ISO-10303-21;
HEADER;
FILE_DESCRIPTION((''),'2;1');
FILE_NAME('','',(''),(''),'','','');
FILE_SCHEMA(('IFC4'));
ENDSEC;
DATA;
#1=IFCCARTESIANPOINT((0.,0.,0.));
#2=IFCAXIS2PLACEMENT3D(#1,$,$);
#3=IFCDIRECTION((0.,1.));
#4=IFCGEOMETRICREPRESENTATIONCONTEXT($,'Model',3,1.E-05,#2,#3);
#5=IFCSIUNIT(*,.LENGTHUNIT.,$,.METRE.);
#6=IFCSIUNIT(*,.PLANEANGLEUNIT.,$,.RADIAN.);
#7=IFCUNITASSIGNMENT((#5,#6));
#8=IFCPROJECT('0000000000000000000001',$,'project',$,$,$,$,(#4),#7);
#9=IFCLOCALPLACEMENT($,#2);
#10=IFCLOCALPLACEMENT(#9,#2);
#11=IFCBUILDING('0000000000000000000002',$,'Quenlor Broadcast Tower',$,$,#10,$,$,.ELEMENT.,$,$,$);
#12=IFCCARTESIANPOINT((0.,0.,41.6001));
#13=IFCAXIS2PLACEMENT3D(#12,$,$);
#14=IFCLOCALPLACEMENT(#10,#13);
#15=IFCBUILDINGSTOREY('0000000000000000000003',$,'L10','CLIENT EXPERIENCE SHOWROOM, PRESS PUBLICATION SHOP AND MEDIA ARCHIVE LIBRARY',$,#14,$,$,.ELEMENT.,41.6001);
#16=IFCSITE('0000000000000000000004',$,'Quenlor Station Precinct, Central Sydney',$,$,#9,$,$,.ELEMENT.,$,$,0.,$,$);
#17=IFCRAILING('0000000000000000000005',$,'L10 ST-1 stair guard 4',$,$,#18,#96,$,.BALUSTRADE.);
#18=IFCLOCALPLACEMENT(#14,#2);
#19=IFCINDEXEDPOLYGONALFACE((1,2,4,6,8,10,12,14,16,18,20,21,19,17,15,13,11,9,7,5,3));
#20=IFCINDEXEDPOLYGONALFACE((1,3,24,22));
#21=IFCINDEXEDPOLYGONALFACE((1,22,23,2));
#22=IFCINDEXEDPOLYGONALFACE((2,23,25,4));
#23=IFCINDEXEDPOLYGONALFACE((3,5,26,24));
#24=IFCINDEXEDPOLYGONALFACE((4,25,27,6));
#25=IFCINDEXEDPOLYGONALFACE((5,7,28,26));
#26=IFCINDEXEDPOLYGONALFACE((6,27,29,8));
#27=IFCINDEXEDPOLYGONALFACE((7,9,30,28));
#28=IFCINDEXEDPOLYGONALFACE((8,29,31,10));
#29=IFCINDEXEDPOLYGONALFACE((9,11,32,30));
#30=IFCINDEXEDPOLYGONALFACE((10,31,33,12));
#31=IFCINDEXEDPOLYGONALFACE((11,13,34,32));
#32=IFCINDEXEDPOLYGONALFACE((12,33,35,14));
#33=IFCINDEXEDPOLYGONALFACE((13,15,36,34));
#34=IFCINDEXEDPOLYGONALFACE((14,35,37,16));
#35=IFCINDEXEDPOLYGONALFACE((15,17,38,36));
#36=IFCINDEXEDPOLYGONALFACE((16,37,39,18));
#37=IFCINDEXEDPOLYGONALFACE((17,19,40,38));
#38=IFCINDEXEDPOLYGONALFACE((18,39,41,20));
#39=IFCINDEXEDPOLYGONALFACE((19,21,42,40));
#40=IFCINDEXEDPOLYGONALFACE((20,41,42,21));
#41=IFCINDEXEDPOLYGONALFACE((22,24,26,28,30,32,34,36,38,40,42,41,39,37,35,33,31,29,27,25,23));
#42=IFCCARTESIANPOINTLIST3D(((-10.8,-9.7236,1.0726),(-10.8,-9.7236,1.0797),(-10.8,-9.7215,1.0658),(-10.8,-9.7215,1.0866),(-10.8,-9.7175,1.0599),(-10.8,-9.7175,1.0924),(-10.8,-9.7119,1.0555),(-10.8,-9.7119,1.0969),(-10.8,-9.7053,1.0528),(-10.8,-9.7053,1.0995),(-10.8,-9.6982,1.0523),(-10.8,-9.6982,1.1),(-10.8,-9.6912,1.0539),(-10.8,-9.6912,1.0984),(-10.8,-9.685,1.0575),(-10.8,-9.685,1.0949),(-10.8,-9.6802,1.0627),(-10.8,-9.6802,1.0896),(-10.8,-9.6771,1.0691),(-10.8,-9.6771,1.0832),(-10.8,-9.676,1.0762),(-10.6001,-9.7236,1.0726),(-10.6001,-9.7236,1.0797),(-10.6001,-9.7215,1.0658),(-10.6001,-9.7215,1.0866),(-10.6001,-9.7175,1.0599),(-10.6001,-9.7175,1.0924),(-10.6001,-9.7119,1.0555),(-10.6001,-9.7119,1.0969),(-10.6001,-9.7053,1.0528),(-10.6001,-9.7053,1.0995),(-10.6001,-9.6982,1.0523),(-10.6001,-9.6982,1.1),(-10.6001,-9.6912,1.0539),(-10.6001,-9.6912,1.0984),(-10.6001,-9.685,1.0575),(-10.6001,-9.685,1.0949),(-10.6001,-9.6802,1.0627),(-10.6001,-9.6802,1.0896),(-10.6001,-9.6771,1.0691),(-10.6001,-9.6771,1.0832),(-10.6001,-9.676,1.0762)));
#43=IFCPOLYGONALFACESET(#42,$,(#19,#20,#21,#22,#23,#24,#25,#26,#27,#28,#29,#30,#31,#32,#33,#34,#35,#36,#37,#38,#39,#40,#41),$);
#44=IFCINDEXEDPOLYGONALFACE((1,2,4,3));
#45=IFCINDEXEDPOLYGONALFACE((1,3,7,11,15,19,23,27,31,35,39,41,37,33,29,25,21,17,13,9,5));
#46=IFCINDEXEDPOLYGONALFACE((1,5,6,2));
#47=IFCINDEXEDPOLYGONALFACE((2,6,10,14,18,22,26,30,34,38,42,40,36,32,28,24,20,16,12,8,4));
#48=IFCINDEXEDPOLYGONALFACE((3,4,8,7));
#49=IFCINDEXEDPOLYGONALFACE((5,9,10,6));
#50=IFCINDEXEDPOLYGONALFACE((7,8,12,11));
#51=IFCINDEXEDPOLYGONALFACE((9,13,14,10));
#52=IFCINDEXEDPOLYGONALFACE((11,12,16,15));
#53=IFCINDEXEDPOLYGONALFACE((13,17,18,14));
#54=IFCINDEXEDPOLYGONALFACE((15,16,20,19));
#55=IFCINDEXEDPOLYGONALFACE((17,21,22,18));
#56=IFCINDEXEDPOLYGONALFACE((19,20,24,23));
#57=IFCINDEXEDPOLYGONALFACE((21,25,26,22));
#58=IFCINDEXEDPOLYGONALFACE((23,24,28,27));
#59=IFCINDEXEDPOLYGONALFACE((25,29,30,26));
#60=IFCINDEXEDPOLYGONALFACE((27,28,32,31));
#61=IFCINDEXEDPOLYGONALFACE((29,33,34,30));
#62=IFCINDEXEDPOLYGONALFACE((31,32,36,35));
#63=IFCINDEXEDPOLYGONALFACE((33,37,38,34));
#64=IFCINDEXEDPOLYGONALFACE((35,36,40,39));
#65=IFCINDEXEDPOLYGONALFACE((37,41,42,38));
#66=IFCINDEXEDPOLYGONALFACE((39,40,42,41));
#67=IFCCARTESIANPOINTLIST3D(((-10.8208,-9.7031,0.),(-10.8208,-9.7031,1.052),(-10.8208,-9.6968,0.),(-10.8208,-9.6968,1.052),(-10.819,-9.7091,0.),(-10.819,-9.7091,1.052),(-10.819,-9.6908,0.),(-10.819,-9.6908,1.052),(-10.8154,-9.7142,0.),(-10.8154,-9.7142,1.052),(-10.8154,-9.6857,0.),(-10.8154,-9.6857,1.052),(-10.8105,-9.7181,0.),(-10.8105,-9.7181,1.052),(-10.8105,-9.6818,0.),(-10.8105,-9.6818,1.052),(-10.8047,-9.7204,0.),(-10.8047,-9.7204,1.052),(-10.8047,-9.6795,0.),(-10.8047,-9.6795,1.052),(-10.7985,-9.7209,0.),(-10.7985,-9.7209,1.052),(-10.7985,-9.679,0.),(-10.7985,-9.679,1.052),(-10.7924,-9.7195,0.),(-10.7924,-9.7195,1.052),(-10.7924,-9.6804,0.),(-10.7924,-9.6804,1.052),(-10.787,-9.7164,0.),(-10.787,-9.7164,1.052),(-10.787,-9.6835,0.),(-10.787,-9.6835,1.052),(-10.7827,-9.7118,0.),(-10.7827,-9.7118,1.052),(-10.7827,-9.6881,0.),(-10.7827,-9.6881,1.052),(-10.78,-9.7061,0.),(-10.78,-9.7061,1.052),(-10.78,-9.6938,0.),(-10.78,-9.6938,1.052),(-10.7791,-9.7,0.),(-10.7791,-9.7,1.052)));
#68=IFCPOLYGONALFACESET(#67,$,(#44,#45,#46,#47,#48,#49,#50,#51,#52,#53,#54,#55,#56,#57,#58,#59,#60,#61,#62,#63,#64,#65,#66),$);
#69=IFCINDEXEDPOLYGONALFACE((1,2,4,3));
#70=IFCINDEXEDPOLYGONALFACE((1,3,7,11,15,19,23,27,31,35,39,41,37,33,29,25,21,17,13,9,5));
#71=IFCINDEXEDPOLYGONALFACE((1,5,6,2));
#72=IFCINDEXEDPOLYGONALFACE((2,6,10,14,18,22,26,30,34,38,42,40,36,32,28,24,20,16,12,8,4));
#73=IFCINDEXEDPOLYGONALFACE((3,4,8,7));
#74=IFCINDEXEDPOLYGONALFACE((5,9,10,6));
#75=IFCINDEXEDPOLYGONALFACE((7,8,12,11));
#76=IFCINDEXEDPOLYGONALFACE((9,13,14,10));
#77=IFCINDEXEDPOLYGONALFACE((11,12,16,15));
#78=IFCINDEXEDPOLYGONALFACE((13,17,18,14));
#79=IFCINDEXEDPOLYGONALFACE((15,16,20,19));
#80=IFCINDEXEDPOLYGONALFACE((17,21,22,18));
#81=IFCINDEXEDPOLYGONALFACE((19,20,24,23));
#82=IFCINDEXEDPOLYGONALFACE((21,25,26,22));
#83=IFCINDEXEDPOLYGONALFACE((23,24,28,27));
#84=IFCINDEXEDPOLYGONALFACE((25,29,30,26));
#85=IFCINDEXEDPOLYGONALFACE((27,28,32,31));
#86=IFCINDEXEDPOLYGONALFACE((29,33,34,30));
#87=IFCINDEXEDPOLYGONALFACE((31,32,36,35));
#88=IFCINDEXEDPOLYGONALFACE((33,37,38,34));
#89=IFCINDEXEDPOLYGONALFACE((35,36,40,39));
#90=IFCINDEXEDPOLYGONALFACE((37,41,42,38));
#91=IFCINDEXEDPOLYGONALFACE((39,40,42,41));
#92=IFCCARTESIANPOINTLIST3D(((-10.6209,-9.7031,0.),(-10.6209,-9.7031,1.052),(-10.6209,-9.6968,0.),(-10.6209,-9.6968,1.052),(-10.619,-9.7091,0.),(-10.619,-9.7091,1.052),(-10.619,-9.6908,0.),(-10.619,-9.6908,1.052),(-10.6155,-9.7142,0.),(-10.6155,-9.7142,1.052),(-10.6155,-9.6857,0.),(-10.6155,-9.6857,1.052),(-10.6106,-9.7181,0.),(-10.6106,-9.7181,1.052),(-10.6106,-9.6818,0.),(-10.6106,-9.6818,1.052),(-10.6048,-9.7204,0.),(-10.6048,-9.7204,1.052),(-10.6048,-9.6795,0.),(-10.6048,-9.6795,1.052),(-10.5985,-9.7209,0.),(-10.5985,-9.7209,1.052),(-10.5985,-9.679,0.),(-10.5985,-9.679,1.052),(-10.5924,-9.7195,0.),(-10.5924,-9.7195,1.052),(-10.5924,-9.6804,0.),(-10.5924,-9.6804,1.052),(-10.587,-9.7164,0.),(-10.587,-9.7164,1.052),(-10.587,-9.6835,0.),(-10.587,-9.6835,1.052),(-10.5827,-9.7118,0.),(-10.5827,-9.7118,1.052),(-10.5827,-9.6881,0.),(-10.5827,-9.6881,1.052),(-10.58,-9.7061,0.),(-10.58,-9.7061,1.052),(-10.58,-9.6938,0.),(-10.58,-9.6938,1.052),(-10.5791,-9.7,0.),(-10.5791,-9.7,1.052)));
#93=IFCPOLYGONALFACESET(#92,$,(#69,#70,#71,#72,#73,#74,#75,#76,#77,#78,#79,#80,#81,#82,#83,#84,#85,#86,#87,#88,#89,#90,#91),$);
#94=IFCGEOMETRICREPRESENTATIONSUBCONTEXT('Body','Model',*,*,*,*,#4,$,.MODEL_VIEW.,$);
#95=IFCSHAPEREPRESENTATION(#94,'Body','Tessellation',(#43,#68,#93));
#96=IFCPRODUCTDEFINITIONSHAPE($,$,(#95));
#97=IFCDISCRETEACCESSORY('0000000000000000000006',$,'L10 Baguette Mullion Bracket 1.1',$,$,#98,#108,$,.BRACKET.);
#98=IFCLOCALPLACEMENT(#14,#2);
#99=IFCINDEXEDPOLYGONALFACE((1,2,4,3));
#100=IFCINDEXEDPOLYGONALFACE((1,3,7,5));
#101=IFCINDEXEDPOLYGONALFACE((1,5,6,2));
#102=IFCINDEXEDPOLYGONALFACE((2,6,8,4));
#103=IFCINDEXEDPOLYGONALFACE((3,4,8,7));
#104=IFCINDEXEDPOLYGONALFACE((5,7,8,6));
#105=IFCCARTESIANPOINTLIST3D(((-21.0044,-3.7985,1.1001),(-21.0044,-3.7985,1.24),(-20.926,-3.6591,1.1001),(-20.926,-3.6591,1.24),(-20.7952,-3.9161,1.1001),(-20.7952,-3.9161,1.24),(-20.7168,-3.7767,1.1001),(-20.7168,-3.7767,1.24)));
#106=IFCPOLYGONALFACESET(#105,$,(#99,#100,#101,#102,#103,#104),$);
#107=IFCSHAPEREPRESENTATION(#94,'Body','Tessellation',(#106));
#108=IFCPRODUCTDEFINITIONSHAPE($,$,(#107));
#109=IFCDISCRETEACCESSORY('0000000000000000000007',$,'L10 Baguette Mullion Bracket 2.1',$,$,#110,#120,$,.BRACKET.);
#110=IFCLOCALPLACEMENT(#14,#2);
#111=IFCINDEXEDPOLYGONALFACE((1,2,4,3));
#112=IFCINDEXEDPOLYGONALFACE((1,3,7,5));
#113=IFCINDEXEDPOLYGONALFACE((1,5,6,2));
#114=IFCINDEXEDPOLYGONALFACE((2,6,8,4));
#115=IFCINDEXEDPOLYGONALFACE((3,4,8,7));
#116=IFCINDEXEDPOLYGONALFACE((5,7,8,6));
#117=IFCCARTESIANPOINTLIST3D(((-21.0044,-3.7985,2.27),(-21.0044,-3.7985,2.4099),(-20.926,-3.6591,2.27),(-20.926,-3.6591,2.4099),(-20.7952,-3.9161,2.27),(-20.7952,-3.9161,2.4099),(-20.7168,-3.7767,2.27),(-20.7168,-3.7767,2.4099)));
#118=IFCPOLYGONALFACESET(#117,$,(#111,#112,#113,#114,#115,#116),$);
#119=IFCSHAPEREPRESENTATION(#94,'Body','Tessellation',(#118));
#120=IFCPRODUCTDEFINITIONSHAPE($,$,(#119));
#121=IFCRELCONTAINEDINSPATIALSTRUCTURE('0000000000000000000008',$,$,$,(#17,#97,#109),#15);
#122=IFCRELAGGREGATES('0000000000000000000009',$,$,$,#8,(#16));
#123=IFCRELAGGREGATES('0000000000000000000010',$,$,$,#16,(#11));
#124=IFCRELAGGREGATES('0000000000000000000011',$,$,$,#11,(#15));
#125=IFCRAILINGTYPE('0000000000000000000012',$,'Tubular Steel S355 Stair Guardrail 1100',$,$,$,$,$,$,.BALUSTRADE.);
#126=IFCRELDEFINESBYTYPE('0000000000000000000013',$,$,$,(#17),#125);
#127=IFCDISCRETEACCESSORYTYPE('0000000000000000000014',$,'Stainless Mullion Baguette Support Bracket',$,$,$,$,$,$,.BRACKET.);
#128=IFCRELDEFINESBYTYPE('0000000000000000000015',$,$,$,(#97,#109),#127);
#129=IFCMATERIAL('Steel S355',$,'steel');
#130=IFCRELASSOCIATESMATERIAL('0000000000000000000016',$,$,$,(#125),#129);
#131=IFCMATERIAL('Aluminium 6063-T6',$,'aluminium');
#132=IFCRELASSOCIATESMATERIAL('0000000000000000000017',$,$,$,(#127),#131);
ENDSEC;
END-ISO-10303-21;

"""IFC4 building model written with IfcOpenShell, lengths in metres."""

from ifc_helpers import new_model, si_unit, direction, frame, origin, origin_2d, place, context, subcontext, project, spatial, rectangle, circle, extrude, material, type_object, element, save


model = new_model("IFC4")

# Units and contexts
model_context = context("Model", 3, precision=1e-05, world=origin(), true_north=direction((0.0, 1.0)))
body_context = subcontext(model_context, "Body", "Model", "MODEL_VIEW")
ifc_project = project(units=[si_unit("LENGTHUNIT", "METRE"), si_unit("PLANEANGLEUNIT", "RADIAN")], contexts=[model_context])

# Site, building, storey
site_placement = place(None, origin())
site = spatial("IfcSite", under=ifc_project, at=site_placement, Name="Quenlor Station Precinct, Central Sydney", CompositionType="ELEMENT", RefElevation=0.0)
building_placement = place(site_placement, origin())
building = spatial("IfcBuilding", under=site, at=building_placement, Name="Quenlor Broadcast Tower", CompositionType="ELEMENT")
storey_placement = place(building_placement, frame((0.0, 0.0, 41.6001)))
storey = spatial("IfcBuildingStorey", under=building, at=storey_placement, Name="L10", Description="CLIENT EXPERIENCE SHOWROOM, PRESS PUBLICATION SHOP AND MEDIA ARCHIVE LIBRARY", CompositionType="ELEMENT", Elevation=41.6001)

# Railing
ifc_material_1 = material(Name="Steel S355", Category="steel")
railing_type_1 = type_object("IfcRailingType", Name="Tubular Steel S355 Stair Guardrail 1100", PredefinedType="BALUSTRADE", material=ifc_material_1)
railing_1_placement = place(storey_placement, frame((-10.8, -9.7, 0.0)))
element("IfcRailing", 1, at=railing_1_placement, inside=storey, type_object=railing_type_1, Name="L10 ST-1 stair guard 4", PredefinedType="BALUSTRADE", context=body_context, shape_type="SweptSolid", body=[
    extrude(circle(Radius=0.0239, at=origin_2d()), frame((0.0, 0.0, 1.0762), z_axis=(1.0, 0.0, 0.0), x_axis=(0.0, 1.0, 0.0)), (0.0, 0.0, 1.0), 0.2),
    extrude(circle(Radius=0.021, at=origin_2d()), origin(), (0.0, 0.0, 1.0), 1.052),
    extrude(circle(Radius=0.021, at=origin_2d()), frame((0.2, 0.0, 0.0)), (0.0, 0.0, 1.0), 1.052),
])

# Discrete accessories
ifc_material_2 = material(Name="Aluminium 6063-T6", Category="aluminium")
discrete_accessory_type = type_object("IfcDiscreteAccessoryType", Name="Stainless Mullion Baguette Support Bracket", PredefinedType="BRACKET", material=ifc_material_2)
for number, where, z_axis, x_axis, name in (
    (2, (-20.8606, -3.7876, 1.1001), (0.0, 0.0, 1.0), (0.490257, 0.871578, 0.0), "L10 Baguette Mullion Bracket 1.1"),
    (3, (-20.8606, -3.7876, 2.27), (0.0, 0.0, 1.0), (0.490257, 0.871578, 0.0), "L10 Baguette Mullion Bracket 2.1"),
):
    element("IfcDiscreteAccessory", number, at=place(storey_placement, frame(where, z_axis=z_axis, x_axis=x_axis)), inside=storey, type_object=discrete_accessory_type, Name=name, PredefinedType="BRACKET", context=body_context, shape_type="SweptSolid", body=[
        extrude(rectangle(XDim=0.1599, YDim=0.24, at=origin_2d()), origin(), (0.0, 0.0, 1.0), 0.1399),
    ])

save(model, "model.ifc")
